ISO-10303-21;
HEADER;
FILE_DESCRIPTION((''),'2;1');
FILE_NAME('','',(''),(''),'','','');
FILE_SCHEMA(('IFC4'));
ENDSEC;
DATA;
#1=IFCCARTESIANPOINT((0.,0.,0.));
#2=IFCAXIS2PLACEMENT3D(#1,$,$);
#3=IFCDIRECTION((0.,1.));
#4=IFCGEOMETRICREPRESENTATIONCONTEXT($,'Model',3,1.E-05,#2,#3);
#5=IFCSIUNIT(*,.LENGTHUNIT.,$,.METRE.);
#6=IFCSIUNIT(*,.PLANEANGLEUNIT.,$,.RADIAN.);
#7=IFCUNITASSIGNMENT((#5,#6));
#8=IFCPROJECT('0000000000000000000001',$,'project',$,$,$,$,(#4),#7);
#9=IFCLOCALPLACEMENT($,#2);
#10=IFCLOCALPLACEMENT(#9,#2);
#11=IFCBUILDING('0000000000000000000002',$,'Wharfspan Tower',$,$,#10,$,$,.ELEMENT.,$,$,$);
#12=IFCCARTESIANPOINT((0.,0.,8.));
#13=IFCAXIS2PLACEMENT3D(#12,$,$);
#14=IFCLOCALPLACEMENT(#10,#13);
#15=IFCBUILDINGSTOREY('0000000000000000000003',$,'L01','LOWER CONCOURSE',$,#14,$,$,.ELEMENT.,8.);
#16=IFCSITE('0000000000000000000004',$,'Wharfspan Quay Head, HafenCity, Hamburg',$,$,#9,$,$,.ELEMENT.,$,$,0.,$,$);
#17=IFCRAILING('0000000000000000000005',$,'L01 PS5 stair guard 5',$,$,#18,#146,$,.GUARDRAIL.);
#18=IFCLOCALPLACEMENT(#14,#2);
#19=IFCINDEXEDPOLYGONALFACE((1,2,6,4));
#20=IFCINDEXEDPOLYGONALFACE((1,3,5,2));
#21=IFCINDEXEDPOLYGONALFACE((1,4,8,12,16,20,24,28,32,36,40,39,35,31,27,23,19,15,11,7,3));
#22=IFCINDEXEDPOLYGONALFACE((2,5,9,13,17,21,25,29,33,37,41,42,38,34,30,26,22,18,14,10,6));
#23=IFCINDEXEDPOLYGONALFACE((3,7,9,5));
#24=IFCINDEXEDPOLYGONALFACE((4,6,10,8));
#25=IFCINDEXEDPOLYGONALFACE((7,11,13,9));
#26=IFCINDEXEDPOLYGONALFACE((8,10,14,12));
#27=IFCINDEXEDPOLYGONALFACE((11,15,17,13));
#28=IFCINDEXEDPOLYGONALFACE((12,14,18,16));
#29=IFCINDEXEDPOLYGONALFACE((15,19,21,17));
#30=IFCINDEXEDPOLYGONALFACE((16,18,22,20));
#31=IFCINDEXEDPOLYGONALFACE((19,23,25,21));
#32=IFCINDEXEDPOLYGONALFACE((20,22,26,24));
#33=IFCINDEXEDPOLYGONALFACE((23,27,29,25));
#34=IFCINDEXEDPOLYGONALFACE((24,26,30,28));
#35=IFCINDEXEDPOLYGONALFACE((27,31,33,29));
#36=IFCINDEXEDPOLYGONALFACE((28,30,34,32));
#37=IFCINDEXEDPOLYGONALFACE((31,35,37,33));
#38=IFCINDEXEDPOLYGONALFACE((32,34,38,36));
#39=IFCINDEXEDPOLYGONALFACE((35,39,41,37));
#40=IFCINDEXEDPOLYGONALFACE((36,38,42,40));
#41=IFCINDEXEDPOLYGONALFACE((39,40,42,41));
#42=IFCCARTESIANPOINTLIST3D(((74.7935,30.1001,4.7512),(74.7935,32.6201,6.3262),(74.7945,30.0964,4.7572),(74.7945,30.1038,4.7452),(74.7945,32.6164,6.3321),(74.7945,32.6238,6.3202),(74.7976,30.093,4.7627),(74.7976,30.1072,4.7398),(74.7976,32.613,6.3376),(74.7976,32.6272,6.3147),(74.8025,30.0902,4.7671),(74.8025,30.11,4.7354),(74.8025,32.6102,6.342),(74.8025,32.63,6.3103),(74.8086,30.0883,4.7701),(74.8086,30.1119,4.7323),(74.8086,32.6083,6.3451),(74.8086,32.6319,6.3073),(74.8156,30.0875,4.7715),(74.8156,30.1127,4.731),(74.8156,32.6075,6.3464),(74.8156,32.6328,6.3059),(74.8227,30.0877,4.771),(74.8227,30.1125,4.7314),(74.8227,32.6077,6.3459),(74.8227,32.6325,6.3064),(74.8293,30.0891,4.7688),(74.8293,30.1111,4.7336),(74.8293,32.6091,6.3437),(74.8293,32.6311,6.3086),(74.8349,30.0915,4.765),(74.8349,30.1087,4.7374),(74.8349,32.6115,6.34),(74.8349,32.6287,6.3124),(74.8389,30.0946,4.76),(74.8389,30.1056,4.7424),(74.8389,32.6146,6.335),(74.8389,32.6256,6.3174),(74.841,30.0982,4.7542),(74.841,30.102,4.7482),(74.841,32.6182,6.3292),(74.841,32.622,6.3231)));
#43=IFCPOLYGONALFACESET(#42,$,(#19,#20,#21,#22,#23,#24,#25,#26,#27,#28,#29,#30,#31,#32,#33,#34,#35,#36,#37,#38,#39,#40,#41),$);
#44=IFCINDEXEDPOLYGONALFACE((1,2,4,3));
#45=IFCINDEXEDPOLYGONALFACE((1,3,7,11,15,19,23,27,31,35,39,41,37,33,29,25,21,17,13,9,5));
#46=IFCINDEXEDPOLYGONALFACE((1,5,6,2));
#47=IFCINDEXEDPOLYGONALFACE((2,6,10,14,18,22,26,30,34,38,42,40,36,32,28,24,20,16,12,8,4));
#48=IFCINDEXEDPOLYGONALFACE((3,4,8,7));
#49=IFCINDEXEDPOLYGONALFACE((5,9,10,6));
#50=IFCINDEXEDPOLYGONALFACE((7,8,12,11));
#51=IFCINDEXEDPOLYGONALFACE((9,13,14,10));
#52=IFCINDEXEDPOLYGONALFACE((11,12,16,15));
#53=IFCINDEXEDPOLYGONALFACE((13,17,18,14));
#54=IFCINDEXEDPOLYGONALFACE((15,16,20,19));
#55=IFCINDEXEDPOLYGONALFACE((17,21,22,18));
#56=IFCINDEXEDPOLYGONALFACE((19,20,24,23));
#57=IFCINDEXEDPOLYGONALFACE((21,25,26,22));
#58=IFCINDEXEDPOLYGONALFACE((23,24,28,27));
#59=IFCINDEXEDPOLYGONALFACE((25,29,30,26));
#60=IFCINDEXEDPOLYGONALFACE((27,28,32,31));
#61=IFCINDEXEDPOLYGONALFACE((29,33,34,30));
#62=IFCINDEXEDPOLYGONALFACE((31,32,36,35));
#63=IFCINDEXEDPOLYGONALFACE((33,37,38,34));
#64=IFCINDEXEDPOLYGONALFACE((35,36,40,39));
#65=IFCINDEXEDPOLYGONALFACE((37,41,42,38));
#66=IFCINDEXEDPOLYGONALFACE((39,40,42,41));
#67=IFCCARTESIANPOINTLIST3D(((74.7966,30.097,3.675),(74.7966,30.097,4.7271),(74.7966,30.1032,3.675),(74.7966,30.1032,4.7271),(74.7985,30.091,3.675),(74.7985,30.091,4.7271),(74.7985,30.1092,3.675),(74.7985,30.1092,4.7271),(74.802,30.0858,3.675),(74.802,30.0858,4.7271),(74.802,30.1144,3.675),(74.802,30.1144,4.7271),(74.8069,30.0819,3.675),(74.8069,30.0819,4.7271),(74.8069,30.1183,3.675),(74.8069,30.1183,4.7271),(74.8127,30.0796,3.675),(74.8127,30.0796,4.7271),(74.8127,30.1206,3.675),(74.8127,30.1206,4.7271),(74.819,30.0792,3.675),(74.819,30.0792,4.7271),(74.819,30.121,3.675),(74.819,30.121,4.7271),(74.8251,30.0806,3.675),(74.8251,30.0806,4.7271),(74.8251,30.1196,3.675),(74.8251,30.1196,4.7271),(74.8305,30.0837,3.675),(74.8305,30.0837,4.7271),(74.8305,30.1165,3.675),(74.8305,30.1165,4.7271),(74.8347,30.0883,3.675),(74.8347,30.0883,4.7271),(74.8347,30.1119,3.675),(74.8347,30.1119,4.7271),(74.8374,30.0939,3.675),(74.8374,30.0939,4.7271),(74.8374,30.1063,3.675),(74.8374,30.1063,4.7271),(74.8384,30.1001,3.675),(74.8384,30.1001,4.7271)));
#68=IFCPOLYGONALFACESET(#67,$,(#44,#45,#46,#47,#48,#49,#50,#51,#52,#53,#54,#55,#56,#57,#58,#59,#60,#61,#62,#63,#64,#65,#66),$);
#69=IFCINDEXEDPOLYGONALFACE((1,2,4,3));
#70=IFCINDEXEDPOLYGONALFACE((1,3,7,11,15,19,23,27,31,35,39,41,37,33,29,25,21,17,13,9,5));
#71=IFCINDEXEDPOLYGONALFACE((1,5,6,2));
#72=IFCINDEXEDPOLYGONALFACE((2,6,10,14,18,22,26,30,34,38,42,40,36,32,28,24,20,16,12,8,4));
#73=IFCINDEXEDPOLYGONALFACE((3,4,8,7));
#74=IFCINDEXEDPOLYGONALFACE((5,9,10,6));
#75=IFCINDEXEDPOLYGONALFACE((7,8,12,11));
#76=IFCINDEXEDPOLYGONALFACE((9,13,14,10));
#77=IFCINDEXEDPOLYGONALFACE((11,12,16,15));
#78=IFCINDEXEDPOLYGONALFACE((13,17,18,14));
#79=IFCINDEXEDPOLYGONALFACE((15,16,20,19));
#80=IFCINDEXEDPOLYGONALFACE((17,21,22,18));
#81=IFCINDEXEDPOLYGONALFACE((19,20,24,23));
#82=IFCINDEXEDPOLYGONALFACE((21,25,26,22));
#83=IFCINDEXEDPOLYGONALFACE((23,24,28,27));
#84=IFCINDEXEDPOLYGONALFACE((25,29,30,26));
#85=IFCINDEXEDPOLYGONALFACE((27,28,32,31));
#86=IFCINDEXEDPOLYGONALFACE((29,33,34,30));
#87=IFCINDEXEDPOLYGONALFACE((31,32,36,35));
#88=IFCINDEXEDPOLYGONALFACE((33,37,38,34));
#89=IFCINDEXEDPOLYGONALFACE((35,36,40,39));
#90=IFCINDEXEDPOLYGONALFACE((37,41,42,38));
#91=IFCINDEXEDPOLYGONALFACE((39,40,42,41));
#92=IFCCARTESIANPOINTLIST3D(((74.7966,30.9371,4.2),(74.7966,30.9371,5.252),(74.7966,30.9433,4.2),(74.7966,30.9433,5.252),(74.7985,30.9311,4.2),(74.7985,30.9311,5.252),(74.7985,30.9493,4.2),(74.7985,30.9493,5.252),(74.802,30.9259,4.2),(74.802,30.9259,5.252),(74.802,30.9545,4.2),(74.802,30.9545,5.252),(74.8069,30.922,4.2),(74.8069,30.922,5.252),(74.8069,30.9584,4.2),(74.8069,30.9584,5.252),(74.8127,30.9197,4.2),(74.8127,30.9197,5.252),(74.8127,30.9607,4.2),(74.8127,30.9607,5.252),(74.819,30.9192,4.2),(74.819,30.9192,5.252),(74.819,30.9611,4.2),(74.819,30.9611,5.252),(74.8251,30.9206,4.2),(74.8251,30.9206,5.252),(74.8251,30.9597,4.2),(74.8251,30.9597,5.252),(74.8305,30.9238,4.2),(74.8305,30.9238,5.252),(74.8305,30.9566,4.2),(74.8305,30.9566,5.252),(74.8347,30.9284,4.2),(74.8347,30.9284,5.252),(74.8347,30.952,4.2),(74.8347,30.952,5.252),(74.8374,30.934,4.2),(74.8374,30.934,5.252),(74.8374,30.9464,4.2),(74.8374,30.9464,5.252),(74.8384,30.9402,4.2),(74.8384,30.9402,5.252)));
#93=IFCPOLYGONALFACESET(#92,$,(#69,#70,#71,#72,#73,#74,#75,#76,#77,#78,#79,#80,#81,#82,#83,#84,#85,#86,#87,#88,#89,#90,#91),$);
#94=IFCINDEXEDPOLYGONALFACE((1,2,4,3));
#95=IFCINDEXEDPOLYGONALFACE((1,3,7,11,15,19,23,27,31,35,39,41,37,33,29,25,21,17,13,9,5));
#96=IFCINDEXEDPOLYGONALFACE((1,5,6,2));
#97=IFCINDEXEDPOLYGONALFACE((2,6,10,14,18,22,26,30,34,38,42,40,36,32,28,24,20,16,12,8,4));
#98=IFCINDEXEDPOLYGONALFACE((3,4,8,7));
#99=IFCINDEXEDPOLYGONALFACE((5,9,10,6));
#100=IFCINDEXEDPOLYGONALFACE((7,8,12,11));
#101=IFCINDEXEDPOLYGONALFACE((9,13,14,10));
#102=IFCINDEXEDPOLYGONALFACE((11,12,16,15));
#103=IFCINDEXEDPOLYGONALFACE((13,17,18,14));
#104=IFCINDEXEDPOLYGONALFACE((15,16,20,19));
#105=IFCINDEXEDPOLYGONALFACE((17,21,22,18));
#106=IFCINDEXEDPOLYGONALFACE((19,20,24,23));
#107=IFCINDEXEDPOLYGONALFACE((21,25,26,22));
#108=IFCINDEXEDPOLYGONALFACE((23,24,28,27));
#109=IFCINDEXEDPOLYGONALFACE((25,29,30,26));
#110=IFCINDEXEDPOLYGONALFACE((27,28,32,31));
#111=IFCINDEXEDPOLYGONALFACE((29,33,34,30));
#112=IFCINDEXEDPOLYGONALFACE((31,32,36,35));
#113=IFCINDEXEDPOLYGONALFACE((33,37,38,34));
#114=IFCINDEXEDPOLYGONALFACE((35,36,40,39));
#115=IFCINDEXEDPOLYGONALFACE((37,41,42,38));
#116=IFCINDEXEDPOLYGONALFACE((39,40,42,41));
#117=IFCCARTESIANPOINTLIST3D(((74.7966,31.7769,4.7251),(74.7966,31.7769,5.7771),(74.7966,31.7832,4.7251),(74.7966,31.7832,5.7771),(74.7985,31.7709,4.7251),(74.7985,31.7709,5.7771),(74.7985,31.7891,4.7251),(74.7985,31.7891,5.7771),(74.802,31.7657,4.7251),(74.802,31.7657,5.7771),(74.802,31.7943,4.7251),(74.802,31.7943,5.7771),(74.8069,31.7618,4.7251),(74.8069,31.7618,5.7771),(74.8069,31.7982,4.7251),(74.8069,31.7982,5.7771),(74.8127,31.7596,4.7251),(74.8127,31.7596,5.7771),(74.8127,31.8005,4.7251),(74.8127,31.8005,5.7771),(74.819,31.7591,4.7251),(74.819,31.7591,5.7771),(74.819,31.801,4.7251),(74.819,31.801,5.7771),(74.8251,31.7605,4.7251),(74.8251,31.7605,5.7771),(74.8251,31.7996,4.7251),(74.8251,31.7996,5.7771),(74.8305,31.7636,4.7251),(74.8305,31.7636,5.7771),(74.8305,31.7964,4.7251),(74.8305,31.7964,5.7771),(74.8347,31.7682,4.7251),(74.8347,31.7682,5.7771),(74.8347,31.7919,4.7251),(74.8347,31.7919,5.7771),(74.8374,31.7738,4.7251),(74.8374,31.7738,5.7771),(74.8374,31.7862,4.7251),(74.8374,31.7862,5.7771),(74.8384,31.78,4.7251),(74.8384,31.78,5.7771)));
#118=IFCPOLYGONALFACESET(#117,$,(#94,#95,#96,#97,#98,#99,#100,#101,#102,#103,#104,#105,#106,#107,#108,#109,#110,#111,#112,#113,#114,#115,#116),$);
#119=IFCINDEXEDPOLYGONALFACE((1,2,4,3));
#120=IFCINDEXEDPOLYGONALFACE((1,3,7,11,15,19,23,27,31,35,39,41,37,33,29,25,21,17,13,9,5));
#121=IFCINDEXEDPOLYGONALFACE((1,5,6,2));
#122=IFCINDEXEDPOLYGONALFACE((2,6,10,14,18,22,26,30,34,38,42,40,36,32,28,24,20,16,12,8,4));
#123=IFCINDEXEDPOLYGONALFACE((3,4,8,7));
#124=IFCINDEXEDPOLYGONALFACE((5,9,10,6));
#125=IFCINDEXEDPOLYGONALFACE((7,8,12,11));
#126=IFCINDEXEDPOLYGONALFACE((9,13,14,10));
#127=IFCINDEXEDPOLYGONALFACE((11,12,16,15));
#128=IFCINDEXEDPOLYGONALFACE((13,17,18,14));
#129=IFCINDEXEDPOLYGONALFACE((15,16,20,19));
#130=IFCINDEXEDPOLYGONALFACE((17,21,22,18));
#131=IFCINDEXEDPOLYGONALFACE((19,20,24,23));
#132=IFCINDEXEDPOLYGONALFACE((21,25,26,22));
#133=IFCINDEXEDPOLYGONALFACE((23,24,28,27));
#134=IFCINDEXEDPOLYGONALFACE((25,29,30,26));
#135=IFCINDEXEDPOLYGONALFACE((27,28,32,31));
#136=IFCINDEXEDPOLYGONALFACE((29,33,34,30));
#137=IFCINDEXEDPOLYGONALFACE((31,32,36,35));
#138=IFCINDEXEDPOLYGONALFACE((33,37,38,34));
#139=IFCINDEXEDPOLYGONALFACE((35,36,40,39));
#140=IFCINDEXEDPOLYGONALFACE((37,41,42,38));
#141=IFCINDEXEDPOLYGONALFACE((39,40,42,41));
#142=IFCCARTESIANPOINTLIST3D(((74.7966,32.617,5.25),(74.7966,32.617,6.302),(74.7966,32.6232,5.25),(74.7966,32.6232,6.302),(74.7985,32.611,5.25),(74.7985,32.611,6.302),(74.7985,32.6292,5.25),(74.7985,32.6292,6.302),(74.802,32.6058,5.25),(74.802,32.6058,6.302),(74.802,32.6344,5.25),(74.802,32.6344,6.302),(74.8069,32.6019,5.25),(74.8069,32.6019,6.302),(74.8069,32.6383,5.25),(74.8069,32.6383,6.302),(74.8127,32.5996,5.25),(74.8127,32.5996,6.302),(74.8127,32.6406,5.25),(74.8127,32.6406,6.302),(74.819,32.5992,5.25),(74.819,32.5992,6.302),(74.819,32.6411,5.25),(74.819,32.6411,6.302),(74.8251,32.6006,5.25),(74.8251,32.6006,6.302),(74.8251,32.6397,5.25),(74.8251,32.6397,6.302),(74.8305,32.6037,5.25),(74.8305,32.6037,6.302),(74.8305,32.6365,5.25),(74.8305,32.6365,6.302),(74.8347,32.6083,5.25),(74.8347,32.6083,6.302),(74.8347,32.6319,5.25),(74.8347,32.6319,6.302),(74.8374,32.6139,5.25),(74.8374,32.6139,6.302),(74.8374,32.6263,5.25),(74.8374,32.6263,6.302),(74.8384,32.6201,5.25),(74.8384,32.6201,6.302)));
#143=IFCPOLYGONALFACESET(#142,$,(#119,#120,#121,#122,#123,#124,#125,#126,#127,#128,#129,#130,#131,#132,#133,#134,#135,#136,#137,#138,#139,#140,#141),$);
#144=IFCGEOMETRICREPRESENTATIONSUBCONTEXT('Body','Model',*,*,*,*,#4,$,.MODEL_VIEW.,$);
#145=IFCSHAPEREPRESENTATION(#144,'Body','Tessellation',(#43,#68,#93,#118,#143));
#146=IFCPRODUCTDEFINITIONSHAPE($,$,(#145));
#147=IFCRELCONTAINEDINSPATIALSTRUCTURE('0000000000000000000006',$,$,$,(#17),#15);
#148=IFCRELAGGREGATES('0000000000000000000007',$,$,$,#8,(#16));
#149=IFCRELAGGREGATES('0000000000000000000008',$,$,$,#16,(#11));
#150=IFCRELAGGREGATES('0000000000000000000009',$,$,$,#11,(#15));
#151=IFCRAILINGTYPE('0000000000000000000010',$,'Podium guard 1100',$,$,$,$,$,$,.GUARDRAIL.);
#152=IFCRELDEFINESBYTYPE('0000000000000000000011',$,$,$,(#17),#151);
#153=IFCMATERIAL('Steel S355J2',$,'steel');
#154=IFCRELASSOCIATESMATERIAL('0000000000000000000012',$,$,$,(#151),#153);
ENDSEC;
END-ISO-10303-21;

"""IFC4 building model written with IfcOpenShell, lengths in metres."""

from ifc_helpers import new_model, si_unit, direction, frame, origin, origin_2d, place, context, subcontext, project, spatial, circle, extrude, material, type_object, element, save


model = new_model("IFC4")

# Units and contexts
model_context = context("Model", 3, precision=1e-05, world=origin(), true_north=direction((0.0, 1.0)))
body_context = subcontext(model_context, "Body", "Model", "MODEL_VIEW")
ifc_project = project(units=[si_unit("LENGTHUNIT", "METRE"), si_unit("PLANEANGLEUNIT", "RADIAN")], contexts=[model_context])

# Site, building, storey
site_placement = place(None, origin())
site = spatial("IfcSite", under=ifc_project, at=site_placement, Name="Wharfspan Quay Head, HafenCity, Hamburg", CompositionType="ELEMENT", RefElevation=0.0)
building_placement = place(site_placement, origin())
building = spatial("IfcBuilding", under=site, at=building_placement, Name="Wharfspan Tower", CompositionType="ELEMENT")
storey_placement = place(building_placement, frame((0.0, 0.0, 8.0)))
storey = spatial("IfcBuildingStorey", under=building, at=storey_placement, Name="L01", Description="LOWER CONCOURSE", CompositionType="ELEMENT", Elevation=8.0)

# Railing
ifc_material_1 = material(Name="Steel S355J2", Category="steel")
railing_type_1 = type_object("IfcRailingType", Name="Podium guard 1100", PredefinedType="GUARDRAIL", material=ifc_material_1)
for number, where, name in (
    (1, (74.8174, 30.1001, 3.675), "L01 PS5 stair guard 5"),
):
    element("IfcRailing", number, at=place(storey_placement, frame(where)), inside=storey, type_object=railing_type_1, Name=name, PredefinedType="GUARDRAIL", context=body_context, shape_type="SweptSolid", body=[
        extrude(circle(Radius=0.0239, at=origin_2d()), frame((0.0, 0.0, 1.0762), z_axis=(0.0, 0.848008, 0.529984), x_axis=(-1.0, 0.0, 0.0)), (0.0, 0.0, 1.0), 2.9717),
        extrude(circle(Radius=0.021, at=origin_2d()), origin(), (0.0, 0.0, 1.0), 1.052),
        extrude(circle(Radius=0.021, at=origin_2d()), frame((0.0, 0.8401, 0.5249)), (0.0, 0.0, 1.0), 1.052),
        extrude(circle(Radius=0.021, at=origin_2d()), frame((0.0, 1.6799, 1.05)), (0.0, 0.0, 1.0), 1.052),
        extrude(circle(Radius=0.021, at=origin_2d()), frame((0.0, 2.52, 1.575)), (0.0, 0.0, 1.0), 1.052),
    ])

save(model, "model.ifc")
